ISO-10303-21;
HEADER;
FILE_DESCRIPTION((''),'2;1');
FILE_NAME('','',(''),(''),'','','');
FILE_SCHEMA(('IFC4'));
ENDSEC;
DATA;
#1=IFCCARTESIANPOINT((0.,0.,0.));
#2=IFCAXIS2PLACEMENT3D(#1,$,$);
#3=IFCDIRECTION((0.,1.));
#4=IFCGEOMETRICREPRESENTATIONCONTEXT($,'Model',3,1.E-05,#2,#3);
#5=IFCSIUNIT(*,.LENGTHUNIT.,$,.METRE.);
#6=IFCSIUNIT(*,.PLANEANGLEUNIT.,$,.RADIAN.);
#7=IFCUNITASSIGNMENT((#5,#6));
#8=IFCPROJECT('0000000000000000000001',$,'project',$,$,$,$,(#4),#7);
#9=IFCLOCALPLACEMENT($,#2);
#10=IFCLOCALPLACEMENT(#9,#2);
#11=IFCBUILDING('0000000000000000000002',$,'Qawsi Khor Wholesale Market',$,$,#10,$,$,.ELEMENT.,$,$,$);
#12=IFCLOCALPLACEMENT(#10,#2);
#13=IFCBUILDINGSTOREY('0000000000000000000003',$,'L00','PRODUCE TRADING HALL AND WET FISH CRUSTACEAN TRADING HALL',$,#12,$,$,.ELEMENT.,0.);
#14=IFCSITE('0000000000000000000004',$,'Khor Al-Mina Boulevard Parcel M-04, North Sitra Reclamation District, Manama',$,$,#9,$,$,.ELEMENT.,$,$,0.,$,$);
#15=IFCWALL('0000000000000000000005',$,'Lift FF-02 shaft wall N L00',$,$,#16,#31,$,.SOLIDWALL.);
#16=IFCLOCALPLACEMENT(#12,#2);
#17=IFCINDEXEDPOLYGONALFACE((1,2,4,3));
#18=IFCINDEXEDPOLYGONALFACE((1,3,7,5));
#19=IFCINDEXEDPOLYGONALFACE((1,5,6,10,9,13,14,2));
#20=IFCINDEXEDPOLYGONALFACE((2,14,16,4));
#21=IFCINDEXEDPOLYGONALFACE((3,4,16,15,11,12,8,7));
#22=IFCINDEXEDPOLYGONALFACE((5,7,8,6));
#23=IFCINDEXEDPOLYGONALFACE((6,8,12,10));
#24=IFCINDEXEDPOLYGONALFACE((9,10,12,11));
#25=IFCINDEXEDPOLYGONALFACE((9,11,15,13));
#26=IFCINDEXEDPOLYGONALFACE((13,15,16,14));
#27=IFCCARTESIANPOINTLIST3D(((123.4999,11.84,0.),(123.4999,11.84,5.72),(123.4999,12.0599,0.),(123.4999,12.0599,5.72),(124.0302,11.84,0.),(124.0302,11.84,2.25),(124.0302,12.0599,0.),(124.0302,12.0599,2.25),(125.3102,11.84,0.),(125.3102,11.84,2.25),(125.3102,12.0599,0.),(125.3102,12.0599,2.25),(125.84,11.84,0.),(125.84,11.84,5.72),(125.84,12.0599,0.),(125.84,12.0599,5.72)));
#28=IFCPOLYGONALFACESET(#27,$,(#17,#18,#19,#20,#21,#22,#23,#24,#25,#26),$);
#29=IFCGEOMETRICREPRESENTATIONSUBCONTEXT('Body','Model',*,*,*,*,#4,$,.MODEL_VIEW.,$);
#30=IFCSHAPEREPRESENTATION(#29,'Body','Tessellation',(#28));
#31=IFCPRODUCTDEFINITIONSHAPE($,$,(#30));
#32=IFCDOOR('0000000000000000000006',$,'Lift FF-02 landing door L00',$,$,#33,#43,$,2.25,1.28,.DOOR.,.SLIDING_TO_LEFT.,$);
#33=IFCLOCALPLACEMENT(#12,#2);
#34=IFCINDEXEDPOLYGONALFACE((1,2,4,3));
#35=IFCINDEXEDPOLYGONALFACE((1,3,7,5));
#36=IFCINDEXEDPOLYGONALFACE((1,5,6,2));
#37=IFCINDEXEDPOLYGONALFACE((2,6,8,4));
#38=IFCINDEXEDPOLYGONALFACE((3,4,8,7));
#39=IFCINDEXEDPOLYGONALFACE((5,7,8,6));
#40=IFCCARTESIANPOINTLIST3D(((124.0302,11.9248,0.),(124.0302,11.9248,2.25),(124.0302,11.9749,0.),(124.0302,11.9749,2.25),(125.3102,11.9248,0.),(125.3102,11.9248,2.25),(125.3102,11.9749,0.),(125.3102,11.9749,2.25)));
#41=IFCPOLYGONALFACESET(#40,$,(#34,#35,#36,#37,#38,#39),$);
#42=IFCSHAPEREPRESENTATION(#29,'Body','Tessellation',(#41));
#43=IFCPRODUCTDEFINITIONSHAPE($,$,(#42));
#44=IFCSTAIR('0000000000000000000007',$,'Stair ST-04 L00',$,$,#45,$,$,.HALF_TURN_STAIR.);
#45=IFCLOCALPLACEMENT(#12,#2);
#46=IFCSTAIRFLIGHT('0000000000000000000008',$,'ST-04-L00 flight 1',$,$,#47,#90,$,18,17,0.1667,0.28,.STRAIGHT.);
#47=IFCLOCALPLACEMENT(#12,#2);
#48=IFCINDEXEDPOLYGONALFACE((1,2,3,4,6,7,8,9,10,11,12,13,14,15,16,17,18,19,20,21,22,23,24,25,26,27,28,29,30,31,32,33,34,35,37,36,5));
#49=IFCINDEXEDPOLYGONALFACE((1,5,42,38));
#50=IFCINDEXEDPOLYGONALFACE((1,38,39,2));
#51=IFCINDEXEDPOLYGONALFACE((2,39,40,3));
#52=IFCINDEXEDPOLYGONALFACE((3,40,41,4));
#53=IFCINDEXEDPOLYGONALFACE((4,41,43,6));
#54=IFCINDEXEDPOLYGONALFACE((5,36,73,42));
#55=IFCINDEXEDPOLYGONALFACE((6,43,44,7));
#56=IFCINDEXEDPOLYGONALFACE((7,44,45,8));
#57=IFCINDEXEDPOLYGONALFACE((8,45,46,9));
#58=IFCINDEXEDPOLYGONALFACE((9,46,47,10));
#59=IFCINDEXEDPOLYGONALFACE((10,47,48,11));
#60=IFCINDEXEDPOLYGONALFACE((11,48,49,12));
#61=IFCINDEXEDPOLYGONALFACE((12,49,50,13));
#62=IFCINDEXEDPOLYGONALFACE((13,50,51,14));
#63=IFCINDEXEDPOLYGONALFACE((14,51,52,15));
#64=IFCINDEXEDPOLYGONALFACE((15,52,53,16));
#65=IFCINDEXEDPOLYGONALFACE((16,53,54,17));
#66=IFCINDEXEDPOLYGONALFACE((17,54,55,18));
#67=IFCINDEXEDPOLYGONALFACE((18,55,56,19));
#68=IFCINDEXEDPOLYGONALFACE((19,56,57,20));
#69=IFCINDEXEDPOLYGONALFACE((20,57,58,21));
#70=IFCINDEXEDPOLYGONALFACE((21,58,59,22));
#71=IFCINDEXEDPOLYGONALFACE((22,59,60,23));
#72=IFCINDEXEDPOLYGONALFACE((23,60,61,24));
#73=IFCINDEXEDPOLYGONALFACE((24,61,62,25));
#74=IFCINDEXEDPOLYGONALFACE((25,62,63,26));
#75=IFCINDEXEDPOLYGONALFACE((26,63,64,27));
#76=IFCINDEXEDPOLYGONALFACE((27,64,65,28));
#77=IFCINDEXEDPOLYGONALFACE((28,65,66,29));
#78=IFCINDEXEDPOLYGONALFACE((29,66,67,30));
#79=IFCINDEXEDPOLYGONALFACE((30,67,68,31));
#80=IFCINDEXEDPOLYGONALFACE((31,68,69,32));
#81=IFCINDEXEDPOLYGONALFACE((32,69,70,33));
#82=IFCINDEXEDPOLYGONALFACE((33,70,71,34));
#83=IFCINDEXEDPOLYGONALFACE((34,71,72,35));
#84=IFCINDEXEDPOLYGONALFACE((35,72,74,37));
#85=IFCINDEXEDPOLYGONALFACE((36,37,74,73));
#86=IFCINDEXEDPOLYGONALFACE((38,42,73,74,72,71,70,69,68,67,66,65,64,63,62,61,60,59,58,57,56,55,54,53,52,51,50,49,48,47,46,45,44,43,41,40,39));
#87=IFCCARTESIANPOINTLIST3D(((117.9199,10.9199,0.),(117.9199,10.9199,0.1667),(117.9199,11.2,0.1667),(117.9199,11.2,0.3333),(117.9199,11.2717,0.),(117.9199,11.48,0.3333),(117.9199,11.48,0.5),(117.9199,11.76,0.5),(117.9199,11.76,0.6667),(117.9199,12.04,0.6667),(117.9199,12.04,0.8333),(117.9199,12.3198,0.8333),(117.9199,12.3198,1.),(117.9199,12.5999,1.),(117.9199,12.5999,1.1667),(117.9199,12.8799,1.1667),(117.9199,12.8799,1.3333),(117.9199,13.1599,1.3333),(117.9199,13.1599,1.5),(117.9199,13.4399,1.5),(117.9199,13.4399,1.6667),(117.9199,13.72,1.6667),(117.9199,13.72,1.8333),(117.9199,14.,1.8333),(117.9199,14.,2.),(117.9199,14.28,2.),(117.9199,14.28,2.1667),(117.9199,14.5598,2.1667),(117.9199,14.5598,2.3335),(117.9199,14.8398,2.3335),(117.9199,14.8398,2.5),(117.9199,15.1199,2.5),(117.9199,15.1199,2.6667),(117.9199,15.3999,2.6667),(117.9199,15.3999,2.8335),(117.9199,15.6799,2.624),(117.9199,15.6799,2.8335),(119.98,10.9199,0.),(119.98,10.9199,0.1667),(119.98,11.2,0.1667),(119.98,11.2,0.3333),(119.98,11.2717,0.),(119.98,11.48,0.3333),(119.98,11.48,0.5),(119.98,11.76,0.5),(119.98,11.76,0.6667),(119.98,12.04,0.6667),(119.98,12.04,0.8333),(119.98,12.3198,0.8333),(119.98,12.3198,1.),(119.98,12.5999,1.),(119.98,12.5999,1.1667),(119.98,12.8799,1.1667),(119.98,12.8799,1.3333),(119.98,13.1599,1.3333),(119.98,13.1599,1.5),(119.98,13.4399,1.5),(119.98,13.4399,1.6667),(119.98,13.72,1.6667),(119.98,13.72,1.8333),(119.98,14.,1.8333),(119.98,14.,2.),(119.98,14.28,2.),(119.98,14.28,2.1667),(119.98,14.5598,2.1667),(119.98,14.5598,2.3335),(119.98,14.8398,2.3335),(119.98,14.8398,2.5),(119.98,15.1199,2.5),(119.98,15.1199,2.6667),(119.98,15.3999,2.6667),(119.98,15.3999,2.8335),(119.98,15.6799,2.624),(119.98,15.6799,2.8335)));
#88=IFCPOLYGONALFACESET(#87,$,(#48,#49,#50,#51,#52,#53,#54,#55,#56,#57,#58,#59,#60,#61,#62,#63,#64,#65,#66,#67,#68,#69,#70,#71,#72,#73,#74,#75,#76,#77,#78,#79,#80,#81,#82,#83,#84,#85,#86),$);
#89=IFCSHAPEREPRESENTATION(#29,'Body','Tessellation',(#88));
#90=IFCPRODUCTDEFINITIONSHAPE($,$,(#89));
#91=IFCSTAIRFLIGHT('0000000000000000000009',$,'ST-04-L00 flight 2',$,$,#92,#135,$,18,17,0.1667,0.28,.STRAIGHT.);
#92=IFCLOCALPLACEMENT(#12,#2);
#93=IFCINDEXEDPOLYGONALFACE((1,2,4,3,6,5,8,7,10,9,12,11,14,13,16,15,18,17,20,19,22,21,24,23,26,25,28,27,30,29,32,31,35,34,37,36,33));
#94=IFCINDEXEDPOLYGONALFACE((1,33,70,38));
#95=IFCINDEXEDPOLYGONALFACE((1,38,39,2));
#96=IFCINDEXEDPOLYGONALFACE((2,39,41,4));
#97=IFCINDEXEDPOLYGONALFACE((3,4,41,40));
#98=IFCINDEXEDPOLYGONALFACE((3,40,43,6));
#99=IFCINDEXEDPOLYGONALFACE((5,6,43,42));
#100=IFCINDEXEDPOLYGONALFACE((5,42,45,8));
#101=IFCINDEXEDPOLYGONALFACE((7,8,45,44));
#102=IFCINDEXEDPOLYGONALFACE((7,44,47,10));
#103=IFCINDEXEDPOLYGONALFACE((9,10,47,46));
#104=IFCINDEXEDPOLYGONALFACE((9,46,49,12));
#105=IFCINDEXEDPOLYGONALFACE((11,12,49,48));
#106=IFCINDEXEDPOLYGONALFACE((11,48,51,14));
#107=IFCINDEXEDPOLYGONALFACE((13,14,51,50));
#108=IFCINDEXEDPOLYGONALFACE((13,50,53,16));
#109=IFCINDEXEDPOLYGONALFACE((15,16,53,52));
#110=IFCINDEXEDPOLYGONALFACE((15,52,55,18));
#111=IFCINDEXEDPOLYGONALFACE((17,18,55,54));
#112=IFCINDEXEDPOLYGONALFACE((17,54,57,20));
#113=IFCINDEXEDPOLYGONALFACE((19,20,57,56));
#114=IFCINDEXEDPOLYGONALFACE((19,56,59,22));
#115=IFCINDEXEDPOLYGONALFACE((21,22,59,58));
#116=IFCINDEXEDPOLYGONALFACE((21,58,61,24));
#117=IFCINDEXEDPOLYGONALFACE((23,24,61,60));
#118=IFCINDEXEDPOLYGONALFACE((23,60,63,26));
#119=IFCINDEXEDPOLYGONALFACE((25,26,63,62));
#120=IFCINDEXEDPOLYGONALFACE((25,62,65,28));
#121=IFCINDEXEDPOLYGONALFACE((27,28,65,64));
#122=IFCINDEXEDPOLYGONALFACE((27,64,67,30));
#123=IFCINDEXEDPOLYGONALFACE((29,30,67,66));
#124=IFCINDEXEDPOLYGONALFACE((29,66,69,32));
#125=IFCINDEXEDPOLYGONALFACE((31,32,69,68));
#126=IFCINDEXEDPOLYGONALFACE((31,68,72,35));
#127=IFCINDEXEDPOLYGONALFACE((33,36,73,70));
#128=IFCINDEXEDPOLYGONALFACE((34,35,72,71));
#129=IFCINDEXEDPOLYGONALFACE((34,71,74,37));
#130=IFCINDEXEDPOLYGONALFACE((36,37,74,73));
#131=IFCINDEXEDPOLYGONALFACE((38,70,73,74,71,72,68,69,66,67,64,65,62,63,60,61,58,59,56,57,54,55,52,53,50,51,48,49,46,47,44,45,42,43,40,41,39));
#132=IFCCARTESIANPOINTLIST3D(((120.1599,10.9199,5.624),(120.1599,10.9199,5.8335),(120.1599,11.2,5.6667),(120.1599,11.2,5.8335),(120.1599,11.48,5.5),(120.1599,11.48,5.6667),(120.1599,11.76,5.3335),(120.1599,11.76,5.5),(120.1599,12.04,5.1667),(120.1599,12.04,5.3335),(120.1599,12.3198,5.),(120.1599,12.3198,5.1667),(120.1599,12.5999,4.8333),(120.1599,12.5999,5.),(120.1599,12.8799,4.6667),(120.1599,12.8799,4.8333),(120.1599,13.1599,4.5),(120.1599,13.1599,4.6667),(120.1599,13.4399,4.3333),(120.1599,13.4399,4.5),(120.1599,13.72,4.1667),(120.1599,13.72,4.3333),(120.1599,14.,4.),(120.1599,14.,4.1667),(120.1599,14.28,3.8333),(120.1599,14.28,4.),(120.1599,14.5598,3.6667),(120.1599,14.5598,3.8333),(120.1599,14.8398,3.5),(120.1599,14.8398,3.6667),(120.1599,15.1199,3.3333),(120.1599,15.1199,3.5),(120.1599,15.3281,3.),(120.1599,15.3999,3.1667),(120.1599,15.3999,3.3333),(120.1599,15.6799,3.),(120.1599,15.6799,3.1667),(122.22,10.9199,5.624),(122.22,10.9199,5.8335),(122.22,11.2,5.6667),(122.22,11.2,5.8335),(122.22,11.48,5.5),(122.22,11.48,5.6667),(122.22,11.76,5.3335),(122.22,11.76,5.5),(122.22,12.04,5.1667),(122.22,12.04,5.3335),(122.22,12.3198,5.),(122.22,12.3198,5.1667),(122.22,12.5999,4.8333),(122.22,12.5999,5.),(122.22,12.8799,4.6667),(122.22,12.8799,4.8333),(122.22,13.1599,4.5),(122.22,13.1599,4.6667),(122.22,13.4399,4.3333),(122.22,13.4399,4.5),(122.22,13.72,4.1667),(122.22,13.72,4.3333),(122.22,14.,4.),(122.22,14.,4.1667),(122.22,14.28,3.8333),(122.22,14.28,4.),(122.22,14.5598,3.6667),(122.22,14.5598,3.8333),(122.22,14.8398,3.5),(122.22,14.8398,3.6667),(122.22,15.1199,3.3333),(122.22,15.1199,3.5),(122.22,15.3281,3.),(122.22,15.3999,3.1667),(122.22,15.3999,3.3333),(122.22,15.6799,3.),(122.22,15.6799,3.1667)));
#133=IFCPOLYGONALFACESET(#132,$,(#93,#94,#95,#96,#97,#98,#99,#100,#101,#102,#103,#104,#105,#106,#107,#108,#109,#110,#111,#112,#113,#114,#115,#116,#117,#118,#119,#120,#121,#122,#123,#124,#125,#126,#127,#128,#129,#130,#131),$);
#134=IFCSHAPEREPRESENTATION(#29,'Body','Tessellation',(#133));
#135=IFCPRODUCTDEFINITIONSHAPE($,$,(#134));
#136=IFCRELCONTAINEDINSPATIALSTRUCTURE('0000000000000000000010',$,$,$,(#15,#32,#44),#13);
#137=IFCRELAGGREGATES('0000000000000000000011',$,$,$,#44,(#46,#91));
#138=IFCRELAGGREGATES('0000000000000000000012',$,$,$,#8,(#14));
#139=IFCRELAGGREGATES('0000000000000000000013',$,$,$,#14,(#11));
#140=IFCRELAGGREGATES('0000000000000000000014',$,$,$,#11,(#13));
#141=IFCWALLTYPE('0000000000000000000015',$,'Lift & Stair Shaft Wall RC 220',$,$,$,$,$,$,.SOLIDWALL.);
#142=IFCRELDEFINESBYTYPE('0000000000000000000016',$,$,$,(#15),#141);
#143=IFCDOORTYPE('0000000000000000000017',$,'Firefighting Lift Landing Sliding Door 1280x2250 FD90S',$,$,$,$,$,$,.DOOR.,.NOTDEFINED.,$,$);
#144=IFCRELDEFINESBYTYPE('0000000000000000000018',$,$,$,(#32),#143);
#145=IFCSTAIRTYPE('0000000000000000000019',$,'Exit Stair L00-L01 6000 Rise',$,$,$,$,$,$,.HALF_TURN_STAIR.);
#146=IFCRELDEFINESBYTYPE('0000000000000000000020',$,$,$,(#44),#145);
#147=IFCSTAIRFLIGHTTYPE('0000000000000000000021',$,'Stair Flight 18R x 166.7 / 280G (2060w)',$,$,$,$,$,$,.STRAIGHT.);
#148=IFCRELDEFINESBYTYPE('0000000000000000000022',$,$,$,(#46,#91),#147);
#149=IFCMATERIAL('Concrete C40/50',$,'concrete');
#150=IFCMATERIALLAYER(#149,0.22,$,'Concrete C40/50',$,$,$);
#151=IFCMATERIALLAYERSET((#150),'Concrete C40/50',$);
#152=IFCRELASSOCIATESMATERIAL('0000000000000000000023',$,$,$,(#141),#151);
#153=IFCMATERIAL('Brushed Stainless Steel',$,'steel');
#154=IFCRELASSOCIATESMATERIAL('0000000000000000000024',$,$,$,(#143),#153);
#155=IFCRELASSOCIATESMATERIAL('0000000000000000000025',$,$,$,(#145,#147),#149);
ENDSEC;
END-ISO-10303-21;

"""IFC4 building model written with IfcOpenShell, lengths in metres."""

from ifc_helpers import new_model, si_unit, direction, frame, frame_2d, origin, place, context, subcontext, project, spatial, polyline, rectangle, outline, extrude, material, layer, layer_set, type_object, element, fill, aggregate, save


model = new_model("IFC4")

# Units and contexts
model_context = context("Model", 3, precision=1e-05, world=origin(), true_north=direction((0.0, 1.0)))
body_context = subcontext(model_context, "Body", "Model", "MODEL_VIEW")
ifc_project = project(units=[si_unit("LENGTHUNIT", "METRE"), si_unit("PLANEANGLEUNIT", "RADIAN")], contexts=[model_context])

# Site, building, storey
site_placement = place(None, origin())
site = spatial("IfcSite", under=ifc_project, at=site_placement, Name="Khor Al-Mina Boulevard Parcel M-04, North Sitra Reclamation District, Manama", CompositionType="ELEMENT", RefElevation=0.0)
building_placement = place(site_placement, origin())
building = spatial("IfcBuilding", under=site, at=building_placement, Name="Qawsi Khor Wholesale Market", CompositionType="ELEMENT")
storey_placement = place(building_placement, origin())
storey = spatial("IfcBuildingStorey", under=building, at=storey_placement, Name="L00", Description="PRODUCE TRADING HALL AND WET FISH CRUSTACEAN TRADING HALL", CompositionType="ELEMENT", Elevation=0.0)

# Shared definitions
ifc_material_1 = material(Name="Concrete C40/50", Category="concrete")

# Wall, opening, door
ifc_layer_1 = layer(ifc_material_1, 0.22, Name="Concrete C40/50")
ifc_layer_set_1 = layer_set([ifc_layer_1], Name="Concrete C40/50")
wall_type_1 = type_object("IfcWallType", Name="Lift & Stair Shaft Wall RC 220", PredefinedType="SOLIDWALL", material=ifc_layer_set_1)
wall_1_placement = place(storey_placement, frame((123.5, 11.95, 0.0), z_axis=(0.0, 0.0, 1.0), x_axis=(1.0, 0.0, 0.0)))
wall_1 = element("IfcWall", 1, at=wall_1_placement, inside=storey, type_object=wall_type_1, Name="Lift FF-02 shaft wall N L00", PredefinedType="SOLIDWALL", context=body_context, shape_type="SweptSolid", body=[
    extrude(rectangle(XDim=2.3401, YDim=0.22, at=frame_2d((1.1699, 0.0))), origin(), (0.0, 0.0, 1.0), 5.72),
])
opening_1_placement = place(wall_1_placement, frame((0.53, 0.0, 0.0)))
opening_1 = element("IfcOpeningElement", 2, at=opening_1_placement, cuts=wall_1, PredefinedType="OPENING", context=body_context, shape_type="SweptSolid", body=[
    extrude(rectangle(XDim=1.28, YDim=2.25, at=frame_2d((0.6401, 1.125))), frame((0.0, 0.1199, 0.0), z_axis=(0.0, -1.0, 0.0), x_axis=(1.0, 0.0, 0.0)), (0.0, 0.0, 1.0), 0.24),
])
ifc_material_2 = material(Name="Brushed Stainless Steel", Category="steel")
door_type_1 = type_object("IfcDoorType", Name="Firefighting Lift Landing Sliding Door 1280x2250 FD90S", OperationType="NOTDEFINED", PredefinedType="DOOR", material=ifc_material_2)
door_1_placement = place(opening_1_placement, origin())
door_1 = element("IfcDoor", 3, at=door_1_placement, inside=storey, type_object=door_type_1, Name="Lift FF-02 landing door L00", OperationType="SLIDING_TO_LEFT", OverallHeight=2.25, OverallWidth=1.28, PredefinedType="DOOR", context=body_context, shape_type="SweptSolid", body=[
    extrude(rectangle(XDim=1.28, YDim=2.25, at=frame_2d((0.6401, 1.125))), frame((0.0, 0.0249, 0.0), z_axis=(0.0, -1.0, 0.0), x_axis=(1.0, 0.0, 0.0)), (0.0, 0.0, 1.0), 0.05),
])
fill(opening_1, door_1)

# Stair, stair flights
stair_type = type_object("IfcStairType", Name="Exit Stair L00-L01 6000 Rise", PredefinedType="HALF_TURN_STAIR", material=ifc_material_1)
stair_placement = place(storey_placement, origin())
stair = element("IfcStair", 4, at=stair_placement, inside=storey, type_object=stair_type, Name="Stair ST-04 L00", PredefinedType="HALF_TURN_STAIR")
stair_flight_type = type_object("IfcStairFlightType", Name="Stair Flight 18R x 166.7 / 280G (2060w)", PredefinedType="STRAIGHT", material=ifc_material_1)
stair_flight_1_placement = place(storey_placement, frame((118.95, 10.9199, 0.0), z_axis=(0.0, 0.0, 1.0), x_axis=(0.0, 1.0, 0.0)))
stair_flight_1 = element("IfcStairFlight", 5, at=stair_flight_1_placement, type_object=stair_flight_type, Name="ST-04-L00 flight 1", NumberOfRisers=18, NumberOfTreads=17, PredefinedType="STRAIGHT", RiserHeight=0.1667, TreadLength=0.28, context=body_context, shape_type="SweptSolid", body=[
    extrude(outline(polyline([(0.0, 0.0), (0.0, 0.1667), (0.28, 0.1667), (0.28, 0.3333), (0.5601, 0.3333), (0.5601, 0.5), (0.8401, 0.5), (0.8401, 0.6667), (1.1201, 0.6667), (1.1201, 0.8333), (1.3999, 0.8333), (1.3999, 1.0), (1.6799, 1.0), (1.6799, 1.1667), (1.96, 1.1667), (1.96, 1.3333), (2.24, 1.3333), (2.24, 1.5), (2.52, 1.5), (2.52, 1.6667), (2.8, 1.6667), (2.8, 1.8333), (3.0801, 1.8333), (3.0801, 2.0), (3.3601, 2.0), (3.3601, 2.1667), (3.6399, 2.1667), (3.6399, 2.3335), (3.9199, 2.3335), (3.9199, 2.5), (4.2, 2.5), (4.2, 2.6667), (4.48, 2.6667), (4.48, 2.8335), (4.76, 2.8335), (4.76, 3.0), (4.76, 2.624), (0.3518, 0.0), (0.0, 0.0)])), frame((0.0, 1.03, 0.0), z_axis=(0.0, -1.0, 0.0), x_axis=(1.0, 0.0, 0.0)), (0.0, 0.0, 1.0), 2.0601),
])
stair_flight_2_placement = place(storey_placement, frame((121.1899, 15.6799, 3.0), z_axis=(0.0, 0.0, 1.0), x_axis=(0.0, -1.0, 0.0)))
stair_flight_2 = element("IfcStairFlight", 6, at=stair_flight_2_placement, type_object=stair_flight_type, Name="ST-04-L00 flight 2", NumberOfRisers=18, NumberOfTreads=17, PredefinedType="STRAIGHT", RiserHeight=0.1667, TreadLength=0.28, context=body_context, shape_type="SweptSolid", body=[
    extrude(outline(polyline([(0.0, 0.0), (0.0, 0.1667), (0.28, 0.1667), (0.28, 0.3333), (0.5601, 0.3333), (0.5601, 0.5), (0.8401, 0.5), (0.8401, 0.6667), (1.1201, 0.6667), (1.1201, 0.8333), (1.3999, 0.8333), (1.3999, 1.0), (1.6799, 1.0), (1.6799, 1.1667), (1.96, 1.1667), (1.96, 1.3333), (2.24, 1.3333), (2.24, 1.5), (2.52, 1.5), (2.52, 1.6667), (2.8, 1.6667), (2.8, 1.8333), (3.0801, 1.8333), (3.0801, 2.0), (3.3601, 2.0), (3.3601, 2.1667), (3.6399, 2.1667), (3.6399, 2.3335), (3.9199, 2.3335), (3.9199, 2.5), (4.2, 2.5), (4.2, 2.6667), (4.48, 2.6667), (4.48, 2.8335), (4.76, 2.8335), (4.76, 3.0), (4.76, 2.624), (0.3518, 0.0), (0.0, 0.0)])), frame((0.0, 1.03, 0.0), z_axis=(0.0, -1.0, 0.0), x_axis=(1.0, 0.0, 0.0)), (0.0, 0.0, 1.0), 2.0601),
])
aggregate(stair, [stair_flight_1, stair_flight_2])

save(model, "model.ifc")
